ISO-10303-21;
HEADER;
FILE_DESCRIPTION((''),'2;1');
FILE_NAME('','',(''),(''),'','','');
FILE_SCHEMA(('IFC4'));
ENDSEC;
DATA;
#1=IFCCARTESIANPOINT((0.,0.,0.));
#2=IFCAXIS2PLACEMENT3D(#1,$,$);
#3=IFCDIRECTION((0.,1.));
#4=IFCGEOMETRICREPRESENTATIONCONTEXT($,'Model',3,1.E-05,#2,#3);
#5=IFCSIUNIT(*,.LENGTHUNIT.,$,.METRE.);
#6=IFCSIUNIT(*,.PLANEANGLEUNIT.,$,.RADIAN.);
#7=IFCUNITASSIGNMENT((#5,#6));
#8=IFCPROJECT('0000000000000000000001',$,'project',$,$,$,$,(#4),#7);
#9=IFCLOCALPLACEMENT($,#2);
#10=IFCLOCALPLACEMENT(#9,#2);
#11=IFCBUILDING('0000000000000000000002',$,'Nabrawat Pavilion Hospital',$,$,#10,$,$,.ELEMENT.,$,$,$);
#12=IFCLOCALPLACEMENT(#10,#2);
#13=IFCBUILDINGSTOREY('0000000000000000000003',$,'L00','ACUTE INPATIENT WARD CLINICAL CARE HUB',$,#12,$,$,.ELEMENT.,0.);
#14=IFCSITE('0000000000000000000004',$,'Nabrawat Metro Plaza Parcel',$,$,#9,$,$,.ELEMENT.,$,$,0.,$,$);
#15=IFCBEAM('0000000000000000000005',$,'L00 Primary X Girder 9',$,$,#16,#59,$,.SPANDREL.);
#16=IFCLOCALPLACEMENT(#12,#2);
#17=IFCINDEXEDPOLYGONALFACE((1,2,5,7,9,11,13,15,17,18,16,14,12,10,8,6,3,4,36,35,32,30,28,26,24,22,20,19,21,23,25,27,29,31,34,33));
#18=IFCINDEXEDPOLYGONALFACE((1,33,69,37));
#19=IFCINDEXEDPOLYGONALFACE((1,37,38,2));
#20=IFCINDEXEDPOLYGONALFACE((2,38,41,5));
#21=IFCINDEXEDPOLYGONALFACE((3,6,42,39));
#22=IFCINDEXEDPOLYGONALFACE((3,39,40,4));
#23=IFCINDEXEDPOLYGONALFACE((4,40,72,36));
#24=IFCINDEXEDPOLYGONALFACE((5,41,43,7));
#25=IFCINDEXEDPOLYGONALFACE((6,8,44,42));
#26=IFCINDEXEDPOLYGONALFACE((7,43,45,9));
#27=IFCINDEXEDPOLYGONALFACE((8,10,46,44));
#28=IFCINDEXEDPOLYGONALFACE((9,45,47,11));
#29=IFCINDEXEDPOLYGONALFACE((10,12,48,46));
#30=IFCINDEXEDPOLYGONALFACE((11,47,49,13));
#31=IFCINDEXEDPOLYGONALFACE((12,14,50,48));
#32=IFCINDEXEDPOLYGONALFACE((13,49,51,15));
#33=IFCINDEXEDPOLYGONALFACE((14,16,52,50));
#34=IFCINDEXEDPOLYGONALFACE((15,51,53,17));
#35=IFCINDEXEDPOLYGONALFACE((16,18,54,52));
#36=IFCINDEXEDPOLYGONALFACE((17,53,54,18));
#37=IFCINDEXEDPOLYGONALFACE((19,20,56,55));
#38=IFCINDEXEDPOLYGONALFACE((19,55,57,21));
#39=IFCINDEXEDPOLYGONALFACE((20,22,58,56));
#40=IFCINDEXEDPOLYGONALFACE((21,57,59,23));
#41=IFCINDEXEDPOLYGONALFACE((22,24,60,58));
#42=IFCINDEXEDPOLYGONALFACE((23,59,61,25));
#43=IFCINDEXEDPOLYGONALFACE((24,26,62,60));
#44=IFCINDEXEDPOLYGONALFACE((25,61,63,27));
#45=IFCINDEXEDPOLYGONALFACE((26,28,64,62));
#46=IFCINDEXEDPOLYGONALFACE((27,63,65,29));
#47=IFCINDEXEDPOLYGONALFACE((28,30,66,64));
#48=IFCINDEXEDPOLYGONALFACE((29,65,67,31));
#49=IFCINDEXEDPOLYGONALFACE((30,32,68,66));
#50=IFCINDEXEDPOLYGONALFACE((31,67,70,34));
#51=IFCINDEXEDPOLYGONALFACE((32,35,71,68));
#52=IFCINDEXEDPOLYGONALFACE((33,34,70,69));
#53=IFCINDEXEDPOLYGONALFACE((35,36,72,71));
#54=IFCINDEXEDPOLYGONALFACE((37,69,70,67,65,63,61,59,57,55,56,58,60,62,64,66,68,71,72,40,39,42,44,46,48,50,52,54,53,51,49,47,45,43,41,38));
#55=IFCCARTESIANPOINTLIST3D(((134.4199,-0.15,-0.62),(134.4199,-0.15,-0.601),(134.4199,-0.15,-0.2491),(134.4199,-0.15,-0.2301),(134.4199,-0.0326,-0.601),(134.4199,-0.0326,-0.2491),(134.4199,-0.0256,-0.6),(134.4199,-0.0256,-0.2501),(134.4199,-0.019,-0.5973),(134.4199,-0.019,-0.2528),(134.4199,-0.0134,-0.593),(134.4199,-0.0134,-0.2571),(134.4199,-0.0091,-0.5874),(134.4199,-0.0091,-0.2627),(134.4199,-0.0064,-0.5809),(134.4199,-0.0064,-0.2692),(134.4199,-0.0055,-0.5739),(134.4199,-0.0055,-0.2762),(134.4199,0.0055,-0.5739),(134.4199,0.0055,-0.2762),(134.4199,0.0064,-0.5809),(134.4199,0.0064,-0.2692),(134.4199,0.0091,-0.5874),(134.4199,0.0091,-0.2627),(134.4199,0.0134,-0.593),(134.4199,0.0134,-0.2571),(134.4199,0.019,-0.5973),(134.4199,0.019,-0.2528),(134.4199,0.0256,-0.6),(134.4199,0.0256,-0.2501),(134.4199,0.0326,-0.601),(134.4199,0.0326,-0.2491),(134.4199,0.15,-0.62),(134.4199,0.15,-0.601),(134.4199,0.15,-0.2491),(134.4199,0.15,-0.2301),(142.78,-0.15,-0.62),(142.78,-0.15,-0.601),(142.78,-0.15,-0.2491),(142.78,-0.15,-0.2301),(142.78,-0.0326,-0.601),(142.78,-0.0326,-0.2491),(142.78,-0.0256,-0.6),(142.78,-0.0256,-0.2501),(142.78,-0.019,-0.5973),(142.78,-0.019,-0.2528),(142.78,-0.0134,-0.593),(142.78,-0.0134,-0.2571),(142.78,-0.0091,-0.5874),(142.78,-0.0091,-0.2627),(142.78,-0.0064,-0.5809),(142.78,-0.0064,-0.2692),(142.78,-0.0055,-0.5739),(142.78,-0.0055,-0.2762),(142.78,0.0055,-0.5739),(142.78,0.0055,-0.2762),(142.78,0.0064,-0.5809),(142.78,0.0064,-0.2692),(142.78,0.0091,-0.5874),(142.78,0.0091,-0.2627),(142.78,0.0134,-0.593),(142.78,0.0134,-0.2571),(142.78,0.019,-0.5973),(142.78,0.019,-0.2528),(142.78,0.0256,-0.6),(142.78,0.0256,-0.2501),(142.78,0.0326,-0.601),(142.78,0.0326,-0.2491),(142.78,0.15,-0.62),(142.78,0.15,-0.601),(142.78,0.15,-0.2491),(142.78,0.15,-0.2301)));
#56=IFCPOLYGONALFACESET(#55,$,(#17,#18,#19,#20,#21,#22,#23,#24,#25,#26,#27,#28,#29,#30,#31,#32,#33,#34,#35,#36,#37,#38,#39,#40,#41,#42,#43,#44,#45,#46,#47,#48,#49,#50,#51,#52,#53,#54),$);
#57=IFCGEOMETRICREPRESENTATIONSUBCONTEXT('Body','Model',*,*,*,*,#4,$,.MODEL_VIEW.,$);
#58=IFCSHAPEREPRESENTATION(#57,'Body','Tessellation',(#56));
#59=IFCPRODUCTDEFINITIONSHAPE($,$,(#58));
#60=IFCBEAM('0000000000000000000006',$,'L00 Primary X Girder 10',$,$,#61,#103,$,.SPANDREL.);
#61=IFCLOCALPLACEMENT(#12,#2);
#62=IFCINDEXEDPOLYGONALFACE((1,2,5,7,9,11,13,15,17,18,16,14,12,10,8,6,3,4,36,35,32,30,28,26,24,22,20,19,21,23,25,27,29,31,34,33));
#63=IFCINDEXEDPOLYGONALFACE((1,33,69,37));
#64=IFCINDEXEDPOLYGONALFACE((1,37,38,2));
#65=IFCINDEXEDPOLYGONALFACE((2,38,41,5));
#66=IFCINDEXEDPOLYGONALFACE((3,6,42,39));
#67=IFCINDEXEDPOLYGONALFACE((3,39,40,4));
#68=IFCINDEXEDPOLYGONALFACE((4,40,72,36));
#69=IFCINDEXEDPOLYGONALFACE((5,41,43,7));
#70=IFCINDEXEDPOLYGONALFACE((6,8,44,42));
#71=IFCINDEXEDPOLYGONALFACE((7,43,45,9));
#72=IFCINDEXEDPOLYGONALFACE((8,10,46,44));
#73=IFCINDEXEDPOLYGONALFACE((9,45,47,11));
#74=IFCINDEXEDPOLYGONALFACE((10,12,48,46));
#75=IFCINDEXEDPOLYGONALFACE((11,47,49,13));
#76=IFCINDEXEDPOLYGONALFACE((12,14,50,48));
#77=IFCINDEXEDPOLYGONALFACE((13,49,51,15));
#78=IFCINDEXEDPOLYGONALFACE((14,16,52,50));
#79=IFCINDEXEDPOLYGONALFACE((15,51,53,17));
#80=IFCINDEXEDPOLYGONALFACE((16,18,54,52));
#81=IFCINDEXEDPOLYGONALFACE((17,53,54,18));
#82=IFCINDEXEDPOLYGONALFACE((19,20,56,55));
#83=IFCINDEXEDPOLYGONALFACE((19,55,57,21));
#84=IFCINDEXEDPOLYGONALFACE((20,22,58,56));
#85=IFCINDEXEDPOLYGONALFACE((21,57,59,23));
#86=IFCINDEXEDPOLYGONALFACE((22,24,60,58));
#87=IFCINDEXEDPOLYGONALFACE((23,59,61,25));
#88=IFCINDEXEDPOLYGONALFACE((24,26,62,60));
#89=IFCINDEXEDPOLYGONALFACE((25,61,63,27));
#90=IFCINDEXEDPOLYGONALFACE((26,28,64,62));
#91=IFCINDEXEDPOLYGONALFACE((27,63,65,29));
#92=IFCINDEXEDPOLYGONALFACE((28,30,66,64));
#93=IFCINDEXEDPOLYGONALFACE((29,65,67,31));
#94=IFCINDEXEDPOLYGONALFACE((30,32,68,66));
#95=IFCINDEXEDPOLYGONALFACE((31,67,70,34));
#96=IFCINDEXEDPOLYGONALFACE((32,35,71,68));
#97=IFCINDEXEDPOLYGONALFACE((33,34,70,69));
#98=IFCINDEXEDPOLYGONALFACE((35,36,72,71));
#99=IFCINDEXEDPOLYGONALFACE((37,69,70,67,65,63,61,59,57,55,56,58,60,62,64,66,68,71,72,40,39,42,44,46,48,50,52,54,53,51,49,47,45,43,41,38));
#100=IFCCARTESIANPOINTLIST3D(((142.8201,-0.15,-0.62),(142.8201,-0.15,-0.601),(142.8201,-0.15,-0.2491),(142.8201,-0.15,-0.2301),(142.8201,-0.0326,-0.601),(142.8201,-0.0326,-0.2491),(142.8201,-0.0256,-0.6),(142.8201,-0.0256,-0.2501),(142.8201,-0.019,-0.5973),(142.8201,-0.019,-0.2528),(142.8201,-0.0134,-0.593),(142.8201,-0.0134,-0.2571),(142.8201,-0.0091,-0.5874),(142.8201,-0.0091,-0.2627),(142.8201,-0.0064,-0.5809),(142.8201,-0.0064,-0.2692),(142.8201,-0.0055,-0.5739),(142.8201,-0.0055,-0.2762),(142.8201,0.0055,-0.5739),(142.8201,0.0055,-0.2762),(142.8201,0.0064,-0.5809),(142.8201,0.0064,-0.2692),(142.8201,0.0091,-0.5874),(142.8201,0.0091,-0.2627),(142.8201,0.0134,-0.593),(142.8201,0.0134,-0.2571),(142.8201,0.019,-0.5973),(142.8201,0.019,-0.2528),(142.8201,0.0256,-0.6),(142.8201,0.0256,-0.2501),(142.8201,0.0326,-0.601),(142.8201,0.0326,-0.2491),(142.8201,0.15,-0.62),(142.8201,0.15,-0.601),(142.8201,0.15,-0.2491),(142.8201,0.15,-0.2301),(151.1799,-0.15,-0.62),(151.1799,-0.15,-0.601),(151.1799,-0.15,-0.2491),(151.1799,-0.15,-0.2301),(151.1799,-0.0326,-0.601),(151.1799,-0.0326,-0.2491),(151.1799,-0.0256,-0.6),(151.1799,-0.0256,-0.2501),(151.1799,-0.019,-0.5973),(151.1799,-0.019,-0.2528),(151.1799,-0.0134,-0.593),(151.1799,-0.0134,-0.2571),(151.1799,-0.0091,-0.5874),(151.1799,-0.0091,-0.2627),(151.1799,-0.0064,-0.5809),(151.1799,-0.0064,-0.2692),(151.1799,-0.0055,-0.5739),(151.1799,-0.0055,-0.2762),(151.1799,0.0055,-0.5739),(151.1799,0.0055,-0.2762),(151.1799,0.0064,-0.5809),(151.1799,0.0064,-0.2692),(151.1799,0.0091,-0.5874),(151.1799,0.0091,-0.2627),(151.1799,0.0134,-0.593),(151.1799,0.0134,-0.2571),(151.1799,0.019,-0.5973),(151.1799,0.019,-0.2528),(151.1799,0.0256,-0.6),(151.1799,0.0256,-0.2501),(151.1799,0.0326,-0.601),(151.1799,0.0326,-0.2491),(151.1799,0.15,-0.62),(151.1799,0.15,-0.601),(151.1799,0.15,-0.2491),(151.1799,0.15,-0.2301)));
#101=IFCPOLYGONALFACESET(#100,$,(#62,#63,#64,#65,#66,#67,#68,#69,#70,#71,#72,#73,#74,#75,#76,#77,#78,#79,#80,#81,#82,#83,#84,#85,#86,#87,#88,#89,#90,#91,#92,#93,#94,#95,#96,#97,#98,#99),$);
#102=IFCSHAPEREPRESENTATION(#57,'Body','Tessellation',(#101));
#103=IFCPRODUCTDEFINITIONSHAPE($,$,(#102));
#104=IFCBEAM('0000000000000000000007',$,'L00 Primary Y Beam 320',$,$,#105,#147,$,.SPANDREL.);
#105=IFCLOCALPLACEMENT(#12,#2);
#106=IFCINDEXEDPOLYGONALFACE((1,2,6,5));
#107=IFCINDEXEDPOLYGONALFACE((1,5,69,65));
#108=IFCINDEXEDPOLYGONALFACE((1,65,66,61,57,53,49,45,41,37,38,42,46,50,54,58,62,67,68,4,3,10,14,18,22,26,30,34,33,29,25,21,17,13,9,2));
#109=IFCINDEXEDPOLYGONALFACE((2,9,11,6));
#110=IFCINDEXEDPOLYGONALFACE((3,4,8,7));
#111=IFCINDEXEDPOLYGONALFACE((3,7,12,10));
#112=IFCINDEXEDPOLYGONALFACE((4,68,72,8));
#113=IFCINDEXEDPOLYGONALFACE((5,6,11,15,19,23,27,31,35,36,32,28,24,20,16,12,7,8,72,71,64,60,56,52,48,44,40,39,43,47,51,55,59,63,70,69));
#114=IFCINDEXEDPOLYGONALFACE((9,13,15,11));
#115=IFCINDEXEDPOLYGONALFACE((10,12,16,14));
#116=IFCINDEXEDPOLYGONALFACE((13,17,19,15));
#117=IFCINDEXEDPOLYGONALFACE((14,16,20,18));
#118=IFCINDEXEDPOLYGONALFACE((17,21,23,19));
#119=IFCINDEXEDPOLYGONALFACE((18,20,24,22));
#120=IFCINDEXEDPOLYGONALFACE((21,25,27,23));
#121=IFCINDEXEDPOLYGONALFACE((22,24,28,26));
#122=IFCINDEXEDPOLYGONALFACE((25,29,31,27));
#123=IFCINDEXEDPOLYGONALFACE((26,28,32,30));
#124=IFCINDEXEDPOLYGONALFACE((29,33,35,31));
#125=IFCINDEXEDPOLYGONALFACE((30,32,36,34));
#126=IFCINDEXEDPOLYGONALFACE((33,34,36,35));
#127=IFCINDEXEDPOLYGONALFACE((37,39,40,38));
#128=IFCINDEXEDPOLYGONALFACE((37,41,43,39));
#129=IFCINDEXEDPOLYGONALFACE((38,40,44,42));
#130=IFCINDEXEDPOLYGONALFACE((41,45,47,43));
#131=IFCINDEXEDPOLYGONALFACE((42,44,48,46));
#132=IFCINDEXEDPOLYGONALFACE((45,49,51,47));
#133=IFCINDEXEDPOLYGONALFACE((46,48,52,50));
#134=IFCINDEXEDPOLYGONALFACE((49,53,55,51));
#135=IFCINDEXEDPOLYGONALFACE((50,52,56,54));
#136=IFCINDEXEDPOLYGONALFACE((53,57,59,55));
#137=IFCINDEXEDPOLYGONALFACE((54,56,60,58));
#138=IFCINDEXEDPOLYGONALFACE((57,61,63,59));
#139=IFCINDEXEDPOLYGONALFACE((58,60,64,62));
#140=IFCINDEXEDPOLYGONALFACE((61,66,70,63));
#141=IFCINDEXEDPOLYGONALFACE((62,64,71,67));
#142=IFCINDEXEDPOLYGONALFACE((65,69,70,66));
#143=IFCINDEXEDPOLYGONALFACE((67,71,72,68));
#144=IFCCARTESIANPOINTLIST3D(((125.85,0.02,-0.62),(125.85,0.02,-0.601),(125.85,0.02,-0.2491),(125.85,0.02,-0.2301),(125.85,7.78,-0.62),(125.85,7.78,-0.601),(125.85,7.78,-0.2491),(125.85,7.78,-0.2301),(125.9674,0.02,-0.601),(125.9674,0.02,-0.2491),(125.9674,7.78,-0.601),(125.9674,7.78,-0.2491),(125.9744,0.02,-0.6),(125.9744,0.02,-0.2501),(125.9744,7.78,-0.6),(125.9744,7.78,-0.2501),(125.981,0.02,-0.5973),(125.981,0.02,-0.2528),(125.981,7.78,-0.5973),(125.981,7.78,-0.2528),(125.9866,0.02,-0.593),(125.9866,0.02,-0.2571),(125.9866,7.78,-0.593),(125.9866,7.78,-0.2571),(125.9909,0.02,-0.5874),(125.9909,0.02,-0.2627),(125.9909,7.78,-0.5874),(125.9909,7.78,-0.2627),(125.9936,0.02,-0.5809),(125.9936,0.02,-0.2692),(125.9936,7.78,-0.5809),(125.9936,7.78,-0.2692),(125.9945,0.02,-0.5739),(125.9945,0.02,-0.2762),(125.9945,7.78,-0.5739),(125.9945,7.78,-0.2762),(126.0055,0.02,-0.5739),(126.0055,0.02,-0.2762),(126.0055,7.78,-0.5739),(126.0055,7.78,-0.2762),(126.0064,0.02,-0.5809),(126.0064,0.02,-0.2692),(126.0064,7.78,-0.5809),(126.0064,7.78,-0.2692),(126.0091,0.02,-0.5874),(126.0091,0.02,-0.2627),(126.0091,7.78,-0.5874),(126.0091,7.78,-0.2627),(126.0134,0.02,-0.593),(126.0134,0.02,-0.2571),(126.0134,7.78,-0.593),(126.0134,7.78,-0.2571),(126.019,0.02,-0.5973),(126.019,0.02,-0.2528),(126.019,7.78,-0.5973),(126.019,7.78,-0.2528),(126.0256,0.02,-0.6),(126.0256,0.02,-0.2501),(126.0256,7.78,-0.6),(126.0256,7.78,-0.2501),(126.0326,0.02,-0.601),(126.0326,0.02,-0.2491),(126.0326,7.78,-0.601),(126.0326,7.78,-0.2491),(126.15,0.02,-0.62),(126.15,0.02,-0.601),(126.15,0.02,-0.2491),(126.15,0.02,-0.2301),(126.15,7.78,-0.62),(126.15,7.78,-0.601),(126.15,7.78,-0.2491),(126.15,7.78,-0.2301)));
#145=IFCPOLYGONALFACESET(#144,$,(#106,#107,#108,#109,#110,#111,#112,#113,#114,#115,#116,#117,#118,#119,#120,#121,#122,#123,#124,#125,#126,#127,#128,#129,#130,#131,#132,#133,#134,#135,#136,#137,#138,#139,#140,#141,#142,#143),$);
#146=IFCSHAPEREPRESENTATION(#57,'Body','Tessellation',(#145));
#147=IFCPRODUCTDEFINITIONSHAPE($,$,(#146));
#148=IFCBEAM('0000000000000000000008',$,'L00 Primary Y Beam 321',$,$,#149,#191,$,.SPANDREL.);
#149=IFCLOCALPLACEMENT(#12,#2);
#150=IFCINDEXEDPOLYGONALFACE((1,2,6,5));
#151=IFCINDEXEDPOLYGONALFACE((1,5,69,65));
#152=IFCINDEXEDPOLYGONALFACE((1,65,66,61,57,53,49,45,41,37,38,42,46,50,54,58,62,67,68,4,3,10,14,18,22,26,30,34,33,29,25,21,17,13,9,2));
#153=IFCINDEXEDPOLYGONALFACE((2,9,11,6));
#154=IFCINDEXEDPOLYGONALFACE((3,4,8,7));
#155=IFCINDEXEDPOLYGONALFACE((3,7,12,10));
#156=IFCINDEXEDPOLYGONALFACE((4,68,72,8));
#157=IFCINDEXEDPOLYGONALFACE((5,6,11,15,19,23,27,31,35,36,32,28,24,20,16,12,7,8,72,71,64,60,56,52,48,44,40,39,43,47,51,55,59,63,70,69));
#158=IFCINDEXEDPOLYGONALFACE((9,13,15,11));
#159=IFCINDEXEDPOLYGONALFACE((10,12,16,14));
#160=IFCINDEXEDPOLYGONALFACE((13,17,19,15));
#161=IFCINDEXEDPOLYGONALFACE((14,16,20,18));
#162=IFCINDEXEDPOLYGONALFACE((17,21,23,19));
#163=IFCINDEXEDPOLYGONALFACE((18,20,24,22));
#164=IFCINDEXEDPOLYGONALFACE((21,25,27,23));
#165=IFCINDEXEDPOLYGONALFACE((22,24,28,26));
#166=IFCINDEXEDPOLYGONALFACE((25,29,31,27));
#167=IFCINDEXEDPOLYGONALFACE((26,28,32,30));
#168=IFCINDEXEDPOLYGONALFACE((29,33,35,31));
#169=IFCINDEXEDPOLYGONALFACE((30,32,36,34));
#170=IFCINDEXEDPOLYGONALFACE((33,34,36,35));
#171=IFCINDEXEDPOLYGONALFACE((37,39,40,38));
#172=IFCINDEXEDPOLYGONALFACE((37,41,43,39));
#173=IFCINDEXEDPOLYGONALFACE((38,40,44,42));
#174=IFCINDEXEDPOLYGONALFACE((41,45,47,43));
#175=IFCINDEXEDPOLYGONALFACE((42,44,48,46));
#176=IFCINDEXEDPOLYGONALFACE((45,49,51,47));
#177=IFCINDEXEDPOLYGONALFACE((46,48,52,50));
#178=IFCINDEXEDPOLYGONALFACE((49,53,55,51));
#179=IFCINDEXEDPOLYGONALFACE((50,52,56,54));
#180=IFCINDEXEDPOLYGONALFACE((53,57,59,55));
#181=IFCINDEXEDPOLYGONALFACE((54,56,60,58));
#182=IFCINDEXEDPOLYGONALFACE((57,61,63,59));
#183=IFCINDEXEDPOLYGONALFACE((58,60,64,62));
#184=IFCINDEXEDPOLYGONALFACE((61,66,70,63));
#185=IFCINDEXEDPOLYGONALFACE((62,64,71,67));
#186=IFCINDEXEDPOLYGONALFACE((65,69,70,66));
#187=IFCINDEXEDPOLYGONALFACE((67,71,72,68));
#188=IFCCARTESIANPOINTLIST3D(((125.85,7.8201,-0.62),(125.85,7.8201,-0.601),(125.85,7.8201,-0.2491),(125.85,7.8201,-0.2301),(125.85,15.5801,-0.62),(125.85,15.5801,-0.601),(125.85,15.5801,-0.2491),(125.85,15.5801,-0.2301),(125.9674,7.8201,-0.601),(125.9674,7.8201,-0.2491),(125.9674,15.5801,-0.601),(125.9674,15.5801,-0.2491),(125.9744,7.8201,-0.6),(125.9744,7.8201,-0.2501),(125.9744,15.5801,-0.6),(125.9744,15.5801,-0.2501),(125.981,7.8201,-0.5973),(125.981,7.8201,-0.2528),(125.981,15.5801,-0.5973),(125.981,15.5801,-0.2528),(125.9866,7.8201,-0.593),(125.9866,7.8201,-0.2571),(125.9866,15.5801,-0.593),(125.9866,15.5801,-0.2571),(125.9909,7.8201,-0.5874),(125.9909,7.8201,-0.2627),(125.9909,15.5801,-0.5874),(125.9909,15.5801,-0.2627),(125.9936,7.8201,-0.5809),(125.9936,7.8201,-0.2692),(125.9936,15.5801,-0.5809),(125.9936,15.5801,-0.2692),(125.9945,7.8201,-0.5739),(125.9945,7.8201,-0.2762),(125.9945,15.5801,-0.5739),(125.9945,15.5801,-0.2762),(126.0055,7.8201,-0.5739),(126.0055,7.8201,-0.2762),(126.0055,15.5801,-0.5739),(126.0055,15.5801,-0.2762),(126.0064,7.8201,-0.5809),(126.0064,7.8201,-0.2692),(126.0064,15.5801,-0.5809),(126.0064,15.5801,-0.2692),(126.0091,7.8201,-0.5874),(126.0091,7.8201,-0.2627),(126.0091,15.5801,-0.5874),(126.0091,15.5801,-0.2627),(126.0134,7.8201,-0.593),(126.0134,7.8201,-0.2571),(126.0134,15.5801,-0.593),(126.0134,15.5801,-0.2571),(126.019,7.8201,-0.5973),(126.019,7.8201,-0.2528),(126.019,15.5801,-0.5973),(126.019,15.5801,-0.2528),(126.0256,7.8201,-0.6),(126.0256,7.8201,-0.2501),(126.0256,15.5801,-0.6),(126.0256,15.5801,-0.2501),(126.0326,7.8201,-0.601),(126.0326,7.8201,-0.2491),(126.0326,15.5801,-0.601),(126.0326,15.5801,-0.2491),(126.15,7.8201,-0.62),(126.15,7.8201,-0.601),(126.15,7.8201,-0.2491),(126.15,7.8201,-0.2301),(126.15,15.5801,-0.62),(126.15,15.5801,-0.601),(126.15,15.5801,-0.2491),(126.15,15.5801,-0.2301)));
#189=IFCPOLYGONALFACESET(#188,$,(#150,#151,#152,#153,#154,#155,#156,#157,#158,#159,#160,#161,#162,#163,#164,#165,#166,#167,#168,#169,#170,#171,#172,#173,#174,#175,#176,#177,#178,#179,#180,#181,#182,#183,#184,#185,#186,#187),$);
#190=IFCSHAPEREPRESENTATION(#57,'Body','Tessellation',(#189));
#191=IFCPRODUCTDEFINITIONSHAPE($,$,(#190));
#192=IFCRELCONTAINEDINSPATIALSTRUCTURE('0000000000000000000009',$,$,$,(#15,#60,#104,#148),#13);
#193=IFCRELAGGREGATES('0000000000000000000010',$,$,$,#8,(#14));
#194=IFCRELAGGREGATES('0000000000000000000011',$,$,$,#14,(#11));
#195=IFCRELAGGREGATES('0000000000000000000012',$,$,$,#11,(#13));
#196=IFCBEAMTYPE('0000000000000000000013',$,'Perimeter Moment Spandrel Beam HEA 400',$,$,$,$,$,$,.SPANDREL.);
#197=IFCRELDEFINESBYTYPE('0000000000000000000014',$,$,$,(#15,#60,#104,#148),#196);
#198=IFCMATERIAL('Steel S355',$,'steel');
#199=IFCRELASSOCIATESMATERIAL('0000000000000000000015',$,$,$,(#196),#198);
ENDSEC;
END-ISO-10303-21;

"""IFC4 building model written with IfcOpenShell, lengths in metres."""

from ifc_helpers import new_model, si_unit, direction, frame, origin, origin_2d, place, context, subcontext, project, spatial, i_section, extrude, material, material_profile, profile_set, type_object, element, save


model = new_model("IFC4")

# Units and contexts
model_context = context("Model", 3, precision=1e-05, world=origin(), true_north=direction((0.0, 1.0)))
body_context = subcontext(model_context, "Body", "Model", "MODEL_VIEW")
ifc_project = project(units=[si_unit("LENGTHUNIT", "METRE"), si_unit("PLANEANGLEUNIT", "RADIAN")], contexts=[model_context])

# Site, building, storey
site_placement = place(None, origin())
site = spatial("IfcSite", under=ifc_project, at=site_placement, Name="Nabrawat Metro Plaza Parcel", CompositionType="ELEMENT", RefElevation=0.0)
building_placement = place(site_placement, origin())
building = spatial("IfcBuilding", under=site, at=building_placement, Name="Nabrawat Pavilion Hospital", CompositionType="ELEMENT")
storey_placement = place(building_placement, origin())
storey = spatial("IfcBuildingStorey", under=building, at=storey_placement, Name="L00", Description="ACUTE INPATIENT WARD CLINICAL CARE HUB", CompositionType="ELEMENT", Elevation=0.0)

# Beams
ifc_material_1 = material(Name="Steel S355", Category="steel")
ifc_material_profile_1 = material_profile(ifc_material_1, i_section(OverallWidth=0.3, OverallDepth=0.3899, WebThickness=0.011, FlangeThickness=0.019, FilletRadius=0.0271, at=origin_2d()), Name="HEA 400")
ifc_profile_set_1 = profile_set([ifc_material_profile_1], Name="Steel S355")
beam_type_1 = type_object("IfcBeamType", Name="Perimeter Moment Spandrel Beam HEA 400", PredefinedType="SPANDREL", material=ifc_profile_set_1)
beam_1_placement = place(storey_placement, frame((134.4199, 0.0, -0.425), z_axis=(1.0, 0.0, 0.0), x_axis=(0.0, 1.0, 0.0)))
element("IfcBeam", 1, at=beam_1_placement, inside=storey, type_object=beam_type_1, Name="L00 Primary X Girder 9", PredefinedType="SPANDREL", context=body_context, shape_type="SweptSolid", body=[
    extrude(i_section(OverallWidth=0.3, OverallDepth=0.3899, WebThickness=0.011, FlangeThickness=0.019, FilletRadius=0.0271, at=origin_2d()), origin(), (0.0, 0.0, 1.0), 8.3601),
])
beam_2_placement = place(storey_placement, frame((142.8201, 0.0, -0.425), z_axis=(1.0, 0.0, 0.0), x_axis=(0.0, 1.0, 0.0)))
element("IfcBeam", 2, at=beam_2_placement, inside=storey, type_object=beam_type_1, Name="L00 Primary X Girder 10", PredefinedType="SPANDREL", context=body_context, shape_type="SweptSolid", body=[
    extrude(i_section(OverallWidth=0.3, OverallDepth=0.3899, WebThickness=0.011, FlangeThickness=0.019, FilletRadius=0.0271, at=origin_2d()), origin(), (0.0, 0.0, 1.0), 8.3599),
])
for number, where, z_axis, x_axis, name in (
    (3, (126.0, 0.02, -0.425), (0.0, 1.0, 0.0), (-1.0, 0.0, 0.0), "L00 Primary Y Beam 320"),
    (4, (126.0, 7.8201, -0.425), (0.0, 1.0, 0.0), (-1.0, 0.0, 0.0), "L00 Primary Y Beam 321"),
):
    element("IfcBeam", number, at=place(storey_placement, frame(where, z_axis=z_axis, x_axis=x_axis)), inside=storey, type_object=beam_type_1, Name=name, PredefinedType="SPANDREL", context=body_context, shape_type="SweptSolid", body=[
        extrude(i_section(OverallWidth=0.3, OverallDepth=0.3899, WebThickness=0.011, FlangeThickness=0.019, FilletRadius=0.0271, at=origin_2d()), origin(), (0.0, 0.0, 1.0), 7.76),
    ])

save(model, "model.ifc")
